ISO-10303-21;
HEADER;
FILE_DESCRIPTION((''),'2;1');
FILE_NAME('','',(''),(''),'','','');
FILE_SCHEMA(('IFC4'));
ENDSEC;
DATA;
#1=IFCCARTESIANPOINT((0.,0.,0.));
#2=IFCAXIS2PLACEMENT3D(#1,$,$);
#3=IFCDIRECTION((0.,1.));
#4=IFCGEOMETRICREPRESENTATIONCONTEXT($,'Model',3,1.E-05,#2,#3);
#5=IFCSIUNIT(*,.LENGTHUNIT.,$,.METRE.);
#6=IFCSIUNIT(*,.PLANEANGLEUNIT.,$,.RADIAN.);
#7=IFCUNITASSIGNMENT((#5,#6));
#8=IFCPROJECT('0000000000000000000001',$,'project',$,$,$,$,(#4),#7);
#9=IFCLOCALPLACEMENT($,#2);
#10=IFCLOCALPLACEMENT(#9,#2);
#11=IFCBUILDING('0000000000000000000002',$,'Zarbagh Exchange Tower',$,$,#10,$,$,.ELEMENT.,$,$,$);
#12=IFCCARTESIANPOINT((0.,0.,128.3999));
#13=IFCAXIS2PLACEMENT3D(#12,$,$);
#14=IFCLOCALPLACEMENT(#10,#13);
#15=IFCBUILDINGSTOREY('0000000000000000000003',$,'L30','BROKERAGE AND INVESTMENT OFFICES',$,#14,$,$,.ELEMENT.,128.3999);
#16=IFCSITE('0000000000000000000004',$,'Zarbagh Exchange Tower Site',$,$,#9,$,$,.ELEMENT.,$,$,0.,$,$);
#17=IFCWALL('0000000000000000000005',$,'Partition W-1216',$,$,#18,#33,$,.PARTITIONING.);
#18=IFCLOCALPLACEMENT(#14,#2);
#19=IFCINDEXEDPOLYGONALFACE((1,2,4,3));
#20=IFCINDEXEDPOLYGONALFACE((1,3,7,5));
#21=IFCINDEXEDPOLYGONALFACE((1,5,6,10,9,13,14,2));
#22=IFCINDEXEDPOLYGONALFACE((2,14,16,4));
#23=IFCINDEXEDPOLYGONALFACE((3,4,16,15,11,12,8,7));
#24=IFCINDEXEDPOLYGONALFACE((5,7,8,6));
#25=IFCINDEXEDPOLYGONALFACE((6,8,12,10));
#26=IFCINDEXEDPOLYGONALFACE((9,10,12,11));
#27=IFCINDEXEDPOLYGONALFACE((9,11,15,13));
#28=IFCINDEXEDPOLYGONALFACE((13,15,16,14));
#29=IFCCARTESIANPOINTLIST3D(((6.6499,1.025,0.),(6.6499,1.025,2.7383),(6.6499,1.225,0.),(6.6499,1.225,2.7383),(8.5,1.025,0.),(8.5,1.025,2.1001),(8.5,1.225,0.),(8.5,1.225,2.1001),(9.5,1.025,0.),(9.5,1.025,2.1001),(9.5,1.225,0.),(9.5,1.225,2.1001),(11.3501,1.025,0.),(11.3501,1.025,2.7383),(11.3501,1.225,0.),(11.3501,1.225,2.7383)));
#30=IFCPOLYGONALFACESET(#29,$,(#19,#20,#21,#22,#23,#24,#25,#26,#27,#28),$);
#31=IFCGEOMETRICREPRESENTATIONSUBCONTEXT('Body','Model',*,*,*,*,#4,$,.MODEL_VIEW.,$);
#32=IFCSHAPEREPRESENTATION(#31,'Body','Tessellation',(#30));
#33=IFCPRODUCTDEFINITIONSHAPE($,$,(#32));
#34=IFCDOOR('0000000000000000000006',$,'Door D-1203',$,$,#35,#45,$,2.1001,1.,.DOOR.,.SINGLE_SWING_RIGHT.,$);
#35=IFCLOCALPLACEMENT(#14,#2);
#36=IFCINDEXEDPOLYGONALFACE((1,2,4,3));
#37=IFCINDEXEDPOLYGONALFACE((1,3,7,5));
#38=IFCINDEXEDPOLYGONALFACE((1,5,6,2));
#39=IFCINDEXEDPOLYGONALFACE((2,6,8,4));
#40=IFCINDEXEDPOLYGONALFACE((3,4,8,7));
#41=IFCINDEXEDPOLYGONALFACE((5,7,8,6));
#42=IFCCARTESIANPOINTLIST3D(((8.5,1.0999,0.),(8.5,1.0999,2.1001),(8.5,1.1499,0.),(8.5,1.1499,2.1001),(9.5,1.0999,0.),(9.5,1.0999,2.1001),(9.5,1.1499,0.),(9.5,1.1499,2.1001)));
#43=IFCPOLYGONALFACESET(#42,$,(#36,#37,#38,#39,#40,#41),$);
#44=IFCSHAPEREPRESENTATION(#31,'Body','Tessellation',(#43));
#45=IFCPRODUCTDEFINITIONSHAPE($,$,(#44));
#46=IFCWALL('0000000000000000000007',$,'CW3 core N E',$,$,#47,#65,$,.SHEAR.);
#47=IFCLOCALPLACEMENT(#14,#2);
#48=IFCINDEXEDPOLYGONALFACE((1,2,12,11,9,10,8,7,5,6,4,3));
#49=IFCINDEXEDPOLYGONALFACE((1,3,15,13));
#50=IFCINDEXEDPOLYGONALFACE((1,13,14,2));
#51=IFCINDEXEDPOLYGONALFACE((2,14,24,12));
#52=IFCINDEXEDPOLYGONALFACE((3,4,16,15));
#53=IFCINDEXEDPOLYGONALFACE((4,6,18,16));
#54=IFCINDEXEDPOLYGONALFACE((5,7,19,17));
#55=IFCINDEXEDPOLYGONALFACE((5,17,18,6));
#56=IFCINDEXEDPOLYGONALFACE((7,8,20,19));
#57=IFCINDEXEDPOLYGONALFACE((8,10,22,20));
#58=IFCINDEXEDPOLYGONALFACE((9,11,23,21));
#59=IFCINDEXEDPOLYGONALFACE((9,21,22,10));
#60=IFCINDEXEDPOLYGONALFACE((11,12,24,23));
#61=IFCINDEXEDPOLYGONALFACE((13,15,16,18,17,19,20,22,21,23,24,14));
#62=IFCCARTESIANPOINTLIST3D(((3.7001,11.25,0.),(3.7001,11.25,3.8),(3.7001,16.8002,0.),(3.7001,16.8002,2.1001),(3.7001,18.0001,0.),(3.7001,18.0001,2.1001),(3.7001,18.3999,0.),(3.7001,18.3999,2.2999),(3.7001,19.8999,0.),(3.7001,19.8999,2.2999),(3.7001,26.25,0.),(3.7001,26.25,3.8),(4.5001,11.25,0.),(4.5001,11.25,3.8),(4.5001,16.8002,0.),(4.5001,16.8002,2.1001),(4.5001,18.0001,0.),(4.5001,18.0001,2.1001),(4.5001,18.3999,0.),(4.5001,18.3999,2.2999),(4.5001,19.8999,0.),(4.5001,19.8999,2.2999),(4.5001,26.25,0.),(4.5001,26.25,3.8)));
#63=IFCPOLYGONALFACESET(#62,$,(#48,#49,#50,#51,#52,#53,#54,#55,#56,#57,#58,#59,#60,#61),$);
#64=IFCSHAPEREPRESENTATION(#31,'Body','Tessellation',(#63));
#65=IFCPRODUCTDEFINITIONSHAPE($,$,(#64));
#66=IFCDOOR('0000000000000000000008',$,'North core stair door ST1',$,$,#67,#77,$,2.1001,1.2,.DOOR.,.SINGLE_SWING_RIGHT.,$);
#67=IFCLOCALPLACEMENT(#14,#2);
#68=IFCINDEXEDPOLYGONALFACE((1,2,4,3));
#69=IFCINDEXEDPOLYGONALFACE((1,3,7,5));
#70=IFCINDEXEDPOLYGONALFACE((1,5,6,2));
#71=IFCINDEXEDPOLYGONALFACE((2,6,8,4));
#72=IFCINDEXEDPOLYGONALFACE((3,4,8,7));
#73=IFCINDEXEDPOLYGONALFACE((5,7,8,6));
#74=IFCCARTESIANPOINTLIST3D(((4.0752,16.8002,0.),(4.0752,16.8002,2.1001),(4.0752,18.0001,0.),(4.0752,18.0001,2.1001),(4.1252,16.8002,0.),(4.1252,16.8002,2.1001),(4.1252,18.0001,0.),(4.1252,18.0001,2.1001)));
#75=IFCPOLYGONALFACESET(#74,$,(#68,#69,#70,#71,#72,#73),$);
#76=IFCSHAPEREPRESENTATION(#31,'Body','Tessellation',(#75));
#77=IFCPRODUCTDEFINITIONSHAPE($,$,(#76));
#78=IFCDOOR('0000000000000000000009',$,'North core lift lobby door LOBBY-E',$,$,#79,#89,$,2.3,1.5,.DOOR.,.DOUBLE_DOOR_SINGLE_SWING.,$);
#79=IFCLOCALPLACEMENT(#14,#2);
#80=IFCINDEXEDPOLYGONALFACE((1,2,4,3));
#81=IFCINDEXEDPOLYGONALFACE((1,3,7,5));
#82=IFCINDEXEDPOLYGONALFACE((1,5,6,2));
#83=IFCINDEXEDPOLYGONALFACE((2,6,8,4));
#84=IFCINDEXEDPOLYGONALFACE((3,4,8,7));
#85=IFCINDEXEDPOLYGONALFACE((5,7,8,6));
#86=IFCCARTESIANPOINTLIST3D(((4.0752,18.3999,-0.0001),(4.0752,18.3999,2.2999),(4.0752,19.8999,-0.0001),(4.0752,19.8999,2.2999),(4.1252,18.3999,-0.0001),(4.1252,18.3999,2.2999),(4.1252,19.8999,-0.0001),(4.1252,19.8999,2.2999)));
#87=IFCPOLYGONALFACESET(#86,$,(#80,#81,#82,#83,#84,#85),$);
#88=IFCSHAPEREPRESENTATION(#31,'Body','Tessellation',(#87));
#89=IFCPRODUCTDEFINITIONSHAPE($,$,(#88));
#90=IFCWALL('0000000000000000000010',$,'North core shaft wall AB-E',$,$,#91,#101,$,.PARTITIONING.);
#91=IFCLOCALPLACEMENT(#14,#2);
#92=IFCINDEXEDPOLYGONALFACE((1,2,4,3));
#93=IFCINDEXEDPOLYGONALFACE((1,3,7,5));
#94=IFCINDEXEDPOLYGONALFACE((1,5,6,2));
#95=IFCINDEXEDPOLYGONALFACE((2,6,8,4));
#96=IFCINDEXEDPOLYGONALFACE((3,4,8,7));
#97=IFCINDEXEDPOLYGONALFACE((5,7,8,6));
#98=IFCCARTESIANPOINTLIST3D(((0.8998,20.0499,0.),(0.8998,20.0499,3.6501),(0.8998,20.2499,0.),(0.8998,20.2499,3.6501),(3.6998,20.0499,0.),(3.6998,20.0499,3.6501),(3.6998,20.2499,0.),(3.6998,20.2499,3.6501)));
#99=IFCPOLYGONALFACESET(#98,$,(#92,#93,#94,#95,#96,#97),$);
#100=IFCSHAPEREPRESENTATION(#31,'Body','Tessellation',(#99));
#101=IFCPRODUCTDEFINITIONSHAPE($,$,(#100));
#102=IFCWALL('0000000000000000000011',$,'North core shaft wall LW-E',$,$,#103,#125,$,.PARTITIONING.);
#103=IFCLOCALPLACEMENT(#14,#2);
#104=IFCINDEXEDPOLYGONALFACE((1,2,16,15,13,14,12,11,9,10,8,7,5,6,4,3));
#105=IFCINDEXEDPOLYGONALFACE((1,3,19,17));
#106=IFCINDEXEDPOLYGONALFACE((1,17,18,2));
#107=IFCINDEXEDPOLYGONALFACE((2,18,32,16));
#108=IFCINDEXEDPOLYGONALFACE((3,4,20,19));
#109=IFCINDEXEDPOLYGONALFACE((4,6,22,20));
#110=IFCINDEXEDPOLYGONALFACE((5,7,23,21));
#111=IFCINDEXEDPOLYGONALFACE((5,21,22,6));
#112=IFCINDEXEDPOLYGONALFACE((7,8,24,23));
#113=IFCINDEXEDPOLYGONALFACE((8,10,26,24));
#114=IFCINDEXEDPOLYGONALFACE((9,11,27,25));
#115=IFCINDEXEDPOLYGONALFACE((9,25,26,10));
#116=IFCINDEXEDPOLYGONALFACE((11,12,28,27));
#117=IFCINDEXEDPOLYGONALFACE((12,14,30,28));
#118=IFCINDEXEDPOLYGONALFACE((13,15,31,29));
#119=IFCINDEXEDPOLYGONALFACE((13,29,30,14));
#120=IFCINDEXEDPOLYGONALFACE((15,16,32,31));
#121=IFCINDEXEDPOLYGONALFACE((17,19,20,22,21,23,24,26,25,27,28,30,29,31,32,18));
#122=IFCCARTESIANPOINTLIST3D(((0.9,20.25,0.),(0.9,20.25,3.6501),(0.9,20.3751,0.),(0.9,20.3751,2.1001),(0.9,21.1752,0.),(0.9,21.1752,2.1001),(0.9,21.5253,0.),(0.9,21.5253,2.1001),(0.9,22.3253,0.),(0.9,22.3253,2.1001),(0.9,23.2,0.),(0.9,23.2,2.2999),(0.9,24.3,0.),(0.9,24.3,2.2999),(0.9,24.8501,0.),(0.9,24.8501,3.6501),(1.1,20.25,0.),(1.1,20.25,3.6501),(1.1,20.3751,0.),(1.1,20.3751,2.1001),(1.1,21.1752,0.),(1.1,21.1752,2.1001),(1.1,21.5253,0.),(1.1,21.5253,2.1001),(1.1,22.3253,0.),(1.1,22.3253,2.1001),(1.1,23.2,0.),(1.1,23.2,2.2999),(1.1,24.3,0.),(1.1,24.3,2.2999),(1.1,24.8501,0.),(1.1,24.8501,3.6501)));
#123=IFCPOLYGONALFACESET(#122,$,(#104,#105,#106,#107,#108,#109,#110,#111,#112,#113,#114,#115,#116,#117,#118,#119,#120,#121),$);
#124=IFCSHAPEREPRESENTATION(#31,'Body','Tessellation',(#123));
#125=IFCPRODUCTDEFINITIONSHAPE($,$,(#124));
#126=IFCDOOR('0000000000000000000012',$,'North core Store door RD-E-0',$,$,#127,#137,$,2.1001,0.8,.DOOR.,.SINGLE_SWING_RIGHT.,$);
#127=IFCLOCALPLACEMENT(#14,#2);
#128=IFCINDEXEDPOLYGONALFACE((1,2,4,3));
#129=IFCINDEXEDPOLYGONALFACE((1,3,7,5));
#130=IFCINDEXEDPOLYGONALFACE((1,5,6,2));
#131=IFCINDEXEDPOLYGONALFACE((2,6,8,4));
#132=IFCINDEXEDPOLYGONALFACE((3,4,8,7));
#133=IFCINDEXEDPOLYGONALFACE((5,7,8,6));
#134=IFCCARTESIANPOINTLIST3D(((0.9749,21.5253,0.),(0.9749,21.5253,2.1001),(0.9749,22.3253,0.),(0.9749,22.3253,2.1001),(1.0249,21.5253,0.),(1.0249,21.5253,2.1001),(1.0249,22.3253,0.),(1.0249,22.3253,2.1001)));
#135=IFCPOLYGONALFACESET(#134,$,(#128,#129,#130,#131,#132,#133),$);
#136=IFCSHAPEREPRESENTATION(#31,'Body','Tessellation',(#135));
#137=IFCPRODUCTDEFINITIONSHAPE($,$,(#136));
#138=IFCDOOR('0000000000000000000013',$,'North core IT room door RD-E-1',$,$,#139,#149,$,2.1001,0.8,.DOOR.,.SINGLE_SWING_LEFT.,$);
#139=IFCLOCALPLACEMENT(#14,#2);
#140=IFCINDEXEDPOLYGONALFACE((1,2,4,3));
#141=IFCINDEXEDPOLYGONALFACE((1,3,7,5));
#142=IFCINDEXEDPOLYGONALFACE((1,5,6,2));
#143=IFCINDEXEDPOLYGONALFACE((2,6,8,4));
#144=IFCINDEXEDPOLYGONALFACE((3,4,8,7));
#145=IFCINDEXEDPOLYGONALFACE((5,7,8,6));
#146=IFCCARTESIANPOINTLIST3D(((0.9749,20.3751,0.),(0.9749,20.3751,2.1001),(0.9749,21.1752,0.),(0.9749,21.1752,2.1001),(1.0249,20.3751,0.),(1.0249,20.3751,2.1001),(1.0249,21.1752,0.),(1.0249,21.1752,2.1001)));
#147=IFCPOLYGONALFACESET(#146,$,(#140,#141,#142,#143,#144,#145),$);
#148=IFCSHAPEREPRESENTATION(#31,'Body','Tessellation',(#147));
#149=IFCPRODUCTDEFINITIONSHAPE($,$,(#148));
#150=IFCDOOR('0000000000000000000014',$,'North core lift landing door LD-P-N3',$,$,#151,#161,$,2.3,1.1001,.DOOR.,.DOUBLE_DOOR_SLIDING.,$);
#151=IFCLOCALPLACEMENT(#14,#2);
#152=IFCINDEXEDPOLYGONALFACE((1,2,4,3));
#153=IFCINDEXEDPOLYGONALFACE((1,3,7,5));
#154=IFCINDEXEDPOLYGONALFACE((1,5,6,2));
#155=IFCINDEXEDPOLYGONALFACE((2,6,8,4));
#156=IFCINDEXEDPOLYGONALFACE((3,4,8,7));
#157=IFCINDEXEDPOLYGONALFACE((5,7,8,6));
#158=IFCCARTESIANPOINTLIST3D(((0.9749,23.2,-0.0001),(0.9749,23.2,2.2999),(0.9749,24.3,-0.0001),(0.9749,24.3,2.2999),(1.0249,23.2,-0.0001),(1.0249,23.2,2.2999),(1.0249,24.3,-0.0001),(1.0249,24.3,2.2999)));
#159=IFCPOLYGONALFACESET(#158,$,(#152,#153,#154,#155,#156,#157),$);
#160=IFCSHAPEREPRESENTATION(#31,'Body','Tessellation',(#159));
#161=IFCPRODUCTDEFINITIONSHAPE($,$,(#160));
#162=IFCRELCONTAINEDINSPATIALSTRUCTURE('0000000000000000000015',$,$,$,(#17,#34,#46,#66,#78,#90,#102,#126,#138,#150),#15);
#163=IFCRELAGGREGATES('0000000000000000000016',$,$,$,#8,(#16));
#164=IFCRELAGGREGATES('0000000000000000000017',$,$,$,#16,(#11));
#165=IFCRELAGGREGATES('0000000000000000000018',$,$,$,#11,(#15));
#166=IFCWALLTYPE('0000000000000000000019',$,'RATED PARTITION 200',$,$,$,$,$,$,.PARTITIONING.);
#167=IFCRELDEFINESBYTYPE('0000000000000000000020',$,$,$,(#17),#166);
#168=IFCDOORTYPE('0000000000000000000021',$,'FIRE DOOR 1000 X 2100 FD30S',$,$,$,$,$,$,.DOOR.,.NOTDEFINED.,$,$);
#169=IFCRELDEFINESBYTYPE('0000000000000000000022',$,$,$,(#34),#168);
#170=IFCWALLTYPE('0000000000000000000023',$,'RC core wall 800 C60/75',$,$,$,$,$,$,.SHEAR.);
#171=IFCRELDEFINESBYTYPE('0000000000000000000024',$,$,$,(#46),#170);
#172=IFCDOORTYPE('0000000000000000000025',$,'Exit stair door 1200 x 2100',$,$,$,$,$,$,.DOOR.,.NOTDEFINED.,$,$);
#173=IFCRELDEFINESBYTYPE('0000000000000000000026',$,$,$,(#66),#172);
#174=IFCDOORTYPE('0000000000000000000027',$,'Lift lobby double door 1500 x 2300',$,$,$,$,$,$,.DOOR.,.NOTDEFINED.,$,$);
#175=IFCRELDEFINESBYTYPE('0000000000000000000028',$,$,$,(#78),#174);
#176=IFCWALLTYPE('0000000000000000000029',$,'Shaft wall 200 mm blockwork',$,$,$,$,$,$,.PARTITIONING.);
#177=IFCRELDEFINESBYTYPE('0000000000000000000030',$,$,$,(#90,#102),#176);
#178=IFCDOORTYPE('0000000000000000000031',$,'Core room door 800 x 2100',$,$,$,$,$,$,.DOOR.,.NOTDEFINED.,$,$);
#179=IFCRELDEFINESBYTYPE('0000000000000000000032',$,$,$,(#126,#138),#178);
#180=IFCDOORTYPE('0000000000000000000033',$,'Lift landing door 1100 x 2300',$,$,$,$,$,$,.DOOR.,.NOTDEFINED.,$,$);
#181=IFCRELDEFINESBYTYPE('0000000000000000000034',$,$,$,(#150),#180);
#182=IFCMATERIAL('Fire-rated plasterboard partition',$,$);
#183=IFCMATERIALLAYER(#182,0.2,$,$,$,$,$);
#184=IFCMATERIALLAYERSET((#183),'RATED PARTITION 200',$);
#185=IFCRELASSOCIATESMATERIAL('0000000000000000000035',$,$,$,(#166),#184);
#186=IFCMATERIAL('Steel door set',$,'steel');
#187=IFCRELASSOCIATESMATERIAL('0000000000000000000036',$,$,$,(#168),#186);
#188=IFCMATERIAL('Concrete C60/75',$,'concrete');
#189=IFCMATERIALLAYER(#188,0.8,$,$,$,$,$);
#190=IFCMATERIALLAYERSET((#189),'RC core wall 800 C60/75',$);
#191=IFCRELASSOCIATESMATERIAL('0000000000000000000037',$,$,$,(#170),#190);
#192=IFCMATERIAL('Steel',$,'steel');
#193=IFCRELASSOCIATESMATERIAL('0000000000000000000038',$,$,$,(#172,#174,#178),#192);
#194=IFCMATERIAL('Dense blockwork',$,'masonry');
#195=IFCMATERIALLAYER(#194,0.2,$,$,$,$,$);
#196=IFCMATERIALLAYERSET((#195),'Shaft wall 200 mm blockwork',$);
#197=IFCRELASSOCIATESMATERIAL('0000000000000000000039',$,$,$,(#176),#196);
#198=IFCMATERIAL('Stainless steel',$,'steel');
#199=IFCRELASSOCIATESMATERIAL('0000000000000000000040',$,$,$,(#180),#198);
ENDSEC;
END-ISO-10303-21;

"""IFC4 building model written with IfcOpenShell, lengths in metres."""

from ifc_helpers import new_model, si_unit, direction, frame, frame_2d, origin, place, context, subcontext, project, spatial, rectangle, extrude, material, layer, layer_set, type_object, element, fill, save


model = new_model("IFC4")

# Units and contexts
model_context = context("Model", 3, precision=1e-05, world=origin(), true_north=direction((0.0, 1.0)))
body_context = subcontext(model_context, "Body", "Model", "MODEL_VIEW")
ifc_project = project(units=[si_unit("LENGTHUNIT", "METRE"), si_unit("PLANEANGLEUNIT", "RADIAN")], contexts=[model_context])

# Site, building, storey
site_placement = place(None, origin())
site = spatial("IfcSite", under=ifc_project, at=site_placement, Name="Zarbagh Exchange Tower Site", CompositionType="ELEMENT", RefElevation=0.0)
building_placement = place(site_placement, origin())
building = spatial("IfcBuilding", under=site, at=building_placement, Name="Zarbagh Exchange Tower", CompositionType="ELEMENT")
storey_placement = place(building_placement, frame((0.0, 0.0, 128.3999)))
storey = spatial("IfcBuildingStorey", under=building, at=storey_placement, Name="L30", Description="BROKERAGE AND INVESTMENT OFFICES", CompositionType="ELEMENT", Elevation=128.3999)

# Shared definitions
ifc_material_1 = material(Name="Concrete C60/75", Category="concrete")

# Shared definitions
ifc_material_2 = material(Name="Dense blockwork", Category="masonry")
ifc_material_3 = material(Name="Fire-rated plasterboard partition")
ifc_layer_1 = layer(ifc_material_3, 0.2)
ifc_layer_set_1 = layer_set([ifc_layer_1], Name="RATED PARTITION 200")
wall_type_1 = type_object("IfcWallType", Name="RATED PARTITION 200", PredefinedType="PARTITIONING", material=ifc_layer_set_1)

# Wall, opening, door
wall_1_placement = place(storey_placement, frame((6.6499, 1.125, 0.0), z_axis=(0.0, 0.0, 1.0), x_axis=(1.0, 0.0, 0.0)))
wall_1 = element("IfcWall", 1, at=wall_1_placement, inside=storey, type_object=wall_type_1, Name="Partition W-1216", PredefinedType="PARTITIONING", context=body_context, shape_type="SweptSolid", body=[
    extrude(rectangle(XDim=4.7002, YDim=0.2, at=frame_2d((2.3501, 0.0))), origin(), (0.0, 0.0, 1.0), 2.7383),
])
opening_1_placement = place(wall_1_placement, frame((1.8501, 0.0, 0.0)))
opening_1 = element("IfcOpeningElement", 2, at=opening_1_placement, cuts=wall_1, PredefinedType="OPENING", context=body_context, shape_type="SweptSolid", body=[
    extrude(rectangle(XDim=1.0, YDim=2.1001, at=frame_2d((0.5, 1.05))), frame((0.0, 0.1099, 0.0), z_axis=(0.0, -1.0, 0.0), x_axis=(1.0, 0.0, 0.0)), (0.0, 0.0, 1.0), 0.22),
])
ifc_material_4 = material(Name="Steel door set", Category="steel")
door_type_1 = type_object("IfcDoorType", Name="FIRE DOOR 1000 X 2100 FD30S", OperationType="NOTDEFINED", PredefinedType="DOOR", material=ifc_material_4)
door_1_placement = place(opening_1_placement, origin())
door_1 = element("IfcDoor", 3, at=door_1_placement, inside=storey, type_object=door_type_1, Name="Door D-1203", OperationType="SINGLE_SWING_RIGHT", OverallHeight=2.1001, OverallWidth=1.0, PredefinedType="DOOR", context=body_context, shape_type="SweptSolid", body=[
    extrude(rectangle(XDim=1.0, YDim=2.1001, at=frame_2d((0.5, 1.05))), frame((0.0, 0.0249, 0.0), z_axis=(0.0, -1.0, 0.0), x_axis=(1.0, 0.0, 0.0)), (0.0, 0.0, 1.0), 0.05),
])
fill(opening_1, door_1)

# Wall, openings, doors
ifc_layer_2 = layer(ifc_material_1, 0.8)
ifc_layer_set_2 = layer_set([ifc_layer_2], Name="RC core wall 800 C60/75")
wall_type_2 = type_object("IfcWallType", Name="RC core wall 800 C60/75", PredefinedType="SHEAR", material=ifc_layer_set_2)
wall_2_placement = place(storey_placement, frame((4.1001, 11.25, 0.0), z_axis=(0.0, 0.0, 1.0), x_axis=(0.0, 1.0, 0.0)))
wall_2 = element("IfcWall", 4, at=wall_2_placement, inside=storey, type_object=wall_type_2, Name="CW3 core N E", PredefinedType="SHEAR", context=body_context, shape_type="SweptSolid", body=[
    extrude(rectangle(XDim=15.0, YDim=0.8, at=frame_2d((7.5, 0.0))), origin(), (0.0, 0.0, 1.0), 3.8),
])
opening_2_placement = place(wall_2_placement, frame((7.1499, 0.0, 0.0)))
opening_2 = element("IfcOpeningElement", 5, at=opening_2_placement, cuts=wall_2, PredefinedType="OPENING", context=body_context, shape_type="SweptSolid", body=[
    extrude(rectangle(XDim=1.5, YDim=2.3, at=frame_2d((0.75, 1.1499))), frame((0.0, 0.4099, 0.0), z_axis=(0.0, -1.0, 0.0), x_axis=(1.0, 0.0, 0.0)), (0.0, 0.0, 1.0), 0.8201),
])
opening_3_placement = place(wall_2_placement, frame((5.55, 0.0, 0.0)))
opening_3 = element("IfcOpeningElement", 6, at=opening_3_placement, cuts=wall_2, PredefinedType="OPENING", context=body_context, shape_type="SweptSolid", body=[
    extrude(rectangle(XDim=1.2, YDim=2.1001, at=frame_2d((0.6001, 1.05))), frame((0.0, 0.4099, 0.0), z_axis=(0.0, -1.0, 0.0), x_axis=(1.0, 0.0, 0.0)), (0.0, 0.0, 1.0), 0.8201),
])
ifc_material_5 = material(Name="Steel", Category="steel")
door_type_2 = type_object("IfcDoorType", Name="Exit stair door 1200 x 2100", OperationType="NOTDEFINED", PredefinedType="DOOR", material=ifc_material_5)
door_2_placement = place(opening_3_placement, origin())
door_2 = element("IfcDoor", 7, at=door_2_placement, inside=storey, type_object=door_type_2, Name="North core stair door ST1", OperationType="SINGLE_SWING_RIGHT", OverallHeight=2.1001, OverallWidth=1.2, PredefinedType="DOOR", context=body_context, shape_type="SweptSolid", body=[
    extrude(rectangle(XDim=1.2, YDim=2.1001, at=frame_2d((0.6001, 1.05))), frame((0.0, 0.0249, 0.0), z_axis=(0.0, -1.0, 0.0), x_axis=(1.0, 0.0, 0.0)), (0.0, 0.0, 1.0), 0.05),
])
fill(opening_3, door_2)
door_type_3 = type_object("IfcDoorType", Name="Lift lobby double door 1500 x 2300", OperationType="NOTDEFINED", PredefinedType="DOOR", material=ifc_material_5)
door_3_placement = place(opening_2_placement, origin())
door_3 = element("IfcDoor", 8, at=door_3_placement, inside=storey, type_object=door_type_3, Name="North core lift lobby door LOBBY-E", OperationType="DOUBLE_DOOR_SINGLE_SWING", OverallHeight=2.3, OverallWidth=1.5, PredefinedType="DOOR", context=body_context, shape_type="SweptSolid", body=[
    extrude(rectangle(XDim=1.5, YDim=2.3, at=frame_2d((0.75, 1.1499))), frame((0.0, 0.0249, 0.0), z_axis=(0.0, -1.0, 0.0), x_axis=(1.0, 0.0, 0.0)), (0.0, 0.0, 1.0), 0.05),
])
fill(opening_2, door_3)

# Wall
ifc_layer_3 = layer(ifc_material_2, 0.2)
ifc_layer_set_3 = layer_set([ifc_layer_3], Name="Shaft wall 200 mm blockwork")
wall_type_3 = type_object("IfcWallType", Name="Shaft wall 200 mm blockwork", PredefinedType="PARTITIONING", material=ifc_layer_set_3)
wall_3_placement = place(storey_placement, frame((0.8999, 20.1499, 0.0), z_axis=(0.0, 0.0, 1.0), x_axis=(1.0, 0.0, 0.0)))
element("IfcWall", 9, at=wall_3_placement, inside=storey, type_object=wall_type_3, Name="North core shaft wall AB-E", PredefinedType="PARTITIONING", context=body_context, shape_type="SweptSolid", body=[
    extrude(rectangle(XDim=2.8, YDim=0.2, at=frame_2d((1.3999, 0.0))), origin(), (0.0, 0.0, 1.0), 3.6501),
])

# Wall, openings, doors
wall_4_placement = place(storey_placement, frame((1.0, 24.8501, 0.0), z_axis=(0.0, 0.0, 1.0), x_axis=(0.0, -1.0, 0.0)))
wall_4 = element("IfcWall", 10, at=wall_4_placement, inside=storey, type_object=wall_type_3, Name="North core shaft wall LW-E", PredefinedType="PARTITIONING", context=body_context, shape_type="SweptSolid", body=[
    extrude(rectangle(XDim=4.6001, YDim=0.2, at=frame_2d((2.3, 0.0))), origin(), (0.0, 0.0, 1.0), 3.6501),
])
opening_4_placement = place(wall_4_placement, frame((0.55, 0.0, 0.0)))
opening_4 = element("IfcOpeningElement", 11, at=opening_4_placement, cuts=wall_4, PredefinedType="OPENING", context=body_context, shape_type="SweptSolid", body=[
    extrude(rectangle(XDim=1.1001, YDim=2.3, at=frame_2d((0.55, 1.1499))), frame((0.0, 0.1099, 0.0), z_axis=(0.0, -1.0, 0.0), x_axis=(1.0, 0.0, 0.0)), (0.0, 0.0, 1.0), 0.22),
])
opening_5_placement = place(wall_4_placement, frame((2.5249, 0.0, 0.0)))
opening_5 = element("IfcOpeningElement", 12, at=opening_5_placement, cuts=wall_4, PredefinedType="OPENING", context=body_context, shape_type="SweptSolid", body=[
    extrude(rectangle(XDim=0.8, YDim=2.1001, at=frame_2d((0.3999, 1.05))), frame((0.0, 0.1099, 0.0), z_axis=(0.0, -1.0, 0.0), x_axis=(1.0, 0.0, 0.0)), (0.0, 0.0, 1.0), 0.22),
])
opening_6_placement = place(wall_4_placement, frame((3.675, 0.0, 0.0)))
opening_6 = element("IfcOpeningElement", 13, at=opening_6_placement, cuts=wall_4, PredefinedType="OPENING", context=body_context, shape_type="SweptSolid", body=[
    extrude(rectangle(XDim=0.8, YDim=2.1001, at=frame_2d((0.3999, 1.05))), frame((0.0, 0.1099, 0.0), z_axis=(0.0, -1.0, 0.0), x_axis=(1.0, 0.0, 0.0)), (0.0, 0.0, 1.0), 0.22),
])
door_type_4 = type_object("IfcDoorType", Name="Core room door 800 x 2100", OperationType="NOTDEFINED", PredefinedType="DOOR", material=ifc_material_5)
door_4_placement = place(opening_5_placement, origin())
door_4 = element("IfcDoor", 14, at=door_4_placement, inside=storey, type_object=door_type_4, Name="North core Store door RD-E-0", OperationType="SINGLE_SWING_RIGHT", OverallHeight=2.1001, OverallWidth=0.8, PredefinedType="DOOR", context=body_context, shape_type="SweptSolid", body=[
    extrude(rectangle(XDim=0.8, YDim=2.1001, at=frame_2d((0.3999, 1.05))), frame((0.0, 0.0249, 0.0), z_axis=(0.0, -1.0, 0.0), x_axis=(1.0, 0.0, 0.0)), (0.0, 0.0, 1.0), 0.05),
])
fill(opening_5, door_4)
door_5_placement = place(opening_6_placement, origin())
door_5 = element("IfcDoor", 15, at=door_5_placement, inside=storey, type_object=door_type_4, Name="North core IT room door RD-E-1", OperationType="SINGLE_SWING_LEFT", OverallHeight=2.1001, OverallWidth=0.8, PredefinedType="DOOR", context=body_context, shape_type="SweptSolid", body=[
    extrude(rectangle(XDim=0.8, YDim=2.1001, at=frame_2d((0.3999, 1.05))), frame((0.0, 0.0249, 0.0), z_axis=(0.0, -1.0, 0.0), x_axis=(1.0, 0.0, 0.0)), (0.0, 0.0, 1.0), 0.05),
])
fill(opening_6, door_5)
ifc_material_6 = material(Name="Stainless steel", Category="steel")
door_type_5 = type_object("IfcDoorType", Name="Lift landing door 1100 x 2300", OperationType="NOTDEFINED", PredefinedType="DOOR", material=ifc_material_6)
door_6_placement = place(opening_4_placement, origin())
door_6 = element("IfcDoor", 16, at=door_6_placement, inside=storey, type_object=door_type_5, Name="North core lift landing door LD-P-N3", OperationType="DOUBLE_DOOR_SLIDING", OverallHeight=2.3, OverallWidth=1.1001, PredefinedType="DOOR", context=body_context, shape_type="SweptSolid", body=[
    extrude(rectangle(XDim=1.1001, YDim=2.3, at=frame_2d((0.55, 1.1499))), frame((0.0, 0.0249, 0.0), z_axis=(0.0, -1.0, 0.0), x_axis=(1.0, 0.0, 0.0)), (0.0, 0.0, 1.0), 0.05),
])
fill(opening_4, door_6)

save(model, "model.ifc")
